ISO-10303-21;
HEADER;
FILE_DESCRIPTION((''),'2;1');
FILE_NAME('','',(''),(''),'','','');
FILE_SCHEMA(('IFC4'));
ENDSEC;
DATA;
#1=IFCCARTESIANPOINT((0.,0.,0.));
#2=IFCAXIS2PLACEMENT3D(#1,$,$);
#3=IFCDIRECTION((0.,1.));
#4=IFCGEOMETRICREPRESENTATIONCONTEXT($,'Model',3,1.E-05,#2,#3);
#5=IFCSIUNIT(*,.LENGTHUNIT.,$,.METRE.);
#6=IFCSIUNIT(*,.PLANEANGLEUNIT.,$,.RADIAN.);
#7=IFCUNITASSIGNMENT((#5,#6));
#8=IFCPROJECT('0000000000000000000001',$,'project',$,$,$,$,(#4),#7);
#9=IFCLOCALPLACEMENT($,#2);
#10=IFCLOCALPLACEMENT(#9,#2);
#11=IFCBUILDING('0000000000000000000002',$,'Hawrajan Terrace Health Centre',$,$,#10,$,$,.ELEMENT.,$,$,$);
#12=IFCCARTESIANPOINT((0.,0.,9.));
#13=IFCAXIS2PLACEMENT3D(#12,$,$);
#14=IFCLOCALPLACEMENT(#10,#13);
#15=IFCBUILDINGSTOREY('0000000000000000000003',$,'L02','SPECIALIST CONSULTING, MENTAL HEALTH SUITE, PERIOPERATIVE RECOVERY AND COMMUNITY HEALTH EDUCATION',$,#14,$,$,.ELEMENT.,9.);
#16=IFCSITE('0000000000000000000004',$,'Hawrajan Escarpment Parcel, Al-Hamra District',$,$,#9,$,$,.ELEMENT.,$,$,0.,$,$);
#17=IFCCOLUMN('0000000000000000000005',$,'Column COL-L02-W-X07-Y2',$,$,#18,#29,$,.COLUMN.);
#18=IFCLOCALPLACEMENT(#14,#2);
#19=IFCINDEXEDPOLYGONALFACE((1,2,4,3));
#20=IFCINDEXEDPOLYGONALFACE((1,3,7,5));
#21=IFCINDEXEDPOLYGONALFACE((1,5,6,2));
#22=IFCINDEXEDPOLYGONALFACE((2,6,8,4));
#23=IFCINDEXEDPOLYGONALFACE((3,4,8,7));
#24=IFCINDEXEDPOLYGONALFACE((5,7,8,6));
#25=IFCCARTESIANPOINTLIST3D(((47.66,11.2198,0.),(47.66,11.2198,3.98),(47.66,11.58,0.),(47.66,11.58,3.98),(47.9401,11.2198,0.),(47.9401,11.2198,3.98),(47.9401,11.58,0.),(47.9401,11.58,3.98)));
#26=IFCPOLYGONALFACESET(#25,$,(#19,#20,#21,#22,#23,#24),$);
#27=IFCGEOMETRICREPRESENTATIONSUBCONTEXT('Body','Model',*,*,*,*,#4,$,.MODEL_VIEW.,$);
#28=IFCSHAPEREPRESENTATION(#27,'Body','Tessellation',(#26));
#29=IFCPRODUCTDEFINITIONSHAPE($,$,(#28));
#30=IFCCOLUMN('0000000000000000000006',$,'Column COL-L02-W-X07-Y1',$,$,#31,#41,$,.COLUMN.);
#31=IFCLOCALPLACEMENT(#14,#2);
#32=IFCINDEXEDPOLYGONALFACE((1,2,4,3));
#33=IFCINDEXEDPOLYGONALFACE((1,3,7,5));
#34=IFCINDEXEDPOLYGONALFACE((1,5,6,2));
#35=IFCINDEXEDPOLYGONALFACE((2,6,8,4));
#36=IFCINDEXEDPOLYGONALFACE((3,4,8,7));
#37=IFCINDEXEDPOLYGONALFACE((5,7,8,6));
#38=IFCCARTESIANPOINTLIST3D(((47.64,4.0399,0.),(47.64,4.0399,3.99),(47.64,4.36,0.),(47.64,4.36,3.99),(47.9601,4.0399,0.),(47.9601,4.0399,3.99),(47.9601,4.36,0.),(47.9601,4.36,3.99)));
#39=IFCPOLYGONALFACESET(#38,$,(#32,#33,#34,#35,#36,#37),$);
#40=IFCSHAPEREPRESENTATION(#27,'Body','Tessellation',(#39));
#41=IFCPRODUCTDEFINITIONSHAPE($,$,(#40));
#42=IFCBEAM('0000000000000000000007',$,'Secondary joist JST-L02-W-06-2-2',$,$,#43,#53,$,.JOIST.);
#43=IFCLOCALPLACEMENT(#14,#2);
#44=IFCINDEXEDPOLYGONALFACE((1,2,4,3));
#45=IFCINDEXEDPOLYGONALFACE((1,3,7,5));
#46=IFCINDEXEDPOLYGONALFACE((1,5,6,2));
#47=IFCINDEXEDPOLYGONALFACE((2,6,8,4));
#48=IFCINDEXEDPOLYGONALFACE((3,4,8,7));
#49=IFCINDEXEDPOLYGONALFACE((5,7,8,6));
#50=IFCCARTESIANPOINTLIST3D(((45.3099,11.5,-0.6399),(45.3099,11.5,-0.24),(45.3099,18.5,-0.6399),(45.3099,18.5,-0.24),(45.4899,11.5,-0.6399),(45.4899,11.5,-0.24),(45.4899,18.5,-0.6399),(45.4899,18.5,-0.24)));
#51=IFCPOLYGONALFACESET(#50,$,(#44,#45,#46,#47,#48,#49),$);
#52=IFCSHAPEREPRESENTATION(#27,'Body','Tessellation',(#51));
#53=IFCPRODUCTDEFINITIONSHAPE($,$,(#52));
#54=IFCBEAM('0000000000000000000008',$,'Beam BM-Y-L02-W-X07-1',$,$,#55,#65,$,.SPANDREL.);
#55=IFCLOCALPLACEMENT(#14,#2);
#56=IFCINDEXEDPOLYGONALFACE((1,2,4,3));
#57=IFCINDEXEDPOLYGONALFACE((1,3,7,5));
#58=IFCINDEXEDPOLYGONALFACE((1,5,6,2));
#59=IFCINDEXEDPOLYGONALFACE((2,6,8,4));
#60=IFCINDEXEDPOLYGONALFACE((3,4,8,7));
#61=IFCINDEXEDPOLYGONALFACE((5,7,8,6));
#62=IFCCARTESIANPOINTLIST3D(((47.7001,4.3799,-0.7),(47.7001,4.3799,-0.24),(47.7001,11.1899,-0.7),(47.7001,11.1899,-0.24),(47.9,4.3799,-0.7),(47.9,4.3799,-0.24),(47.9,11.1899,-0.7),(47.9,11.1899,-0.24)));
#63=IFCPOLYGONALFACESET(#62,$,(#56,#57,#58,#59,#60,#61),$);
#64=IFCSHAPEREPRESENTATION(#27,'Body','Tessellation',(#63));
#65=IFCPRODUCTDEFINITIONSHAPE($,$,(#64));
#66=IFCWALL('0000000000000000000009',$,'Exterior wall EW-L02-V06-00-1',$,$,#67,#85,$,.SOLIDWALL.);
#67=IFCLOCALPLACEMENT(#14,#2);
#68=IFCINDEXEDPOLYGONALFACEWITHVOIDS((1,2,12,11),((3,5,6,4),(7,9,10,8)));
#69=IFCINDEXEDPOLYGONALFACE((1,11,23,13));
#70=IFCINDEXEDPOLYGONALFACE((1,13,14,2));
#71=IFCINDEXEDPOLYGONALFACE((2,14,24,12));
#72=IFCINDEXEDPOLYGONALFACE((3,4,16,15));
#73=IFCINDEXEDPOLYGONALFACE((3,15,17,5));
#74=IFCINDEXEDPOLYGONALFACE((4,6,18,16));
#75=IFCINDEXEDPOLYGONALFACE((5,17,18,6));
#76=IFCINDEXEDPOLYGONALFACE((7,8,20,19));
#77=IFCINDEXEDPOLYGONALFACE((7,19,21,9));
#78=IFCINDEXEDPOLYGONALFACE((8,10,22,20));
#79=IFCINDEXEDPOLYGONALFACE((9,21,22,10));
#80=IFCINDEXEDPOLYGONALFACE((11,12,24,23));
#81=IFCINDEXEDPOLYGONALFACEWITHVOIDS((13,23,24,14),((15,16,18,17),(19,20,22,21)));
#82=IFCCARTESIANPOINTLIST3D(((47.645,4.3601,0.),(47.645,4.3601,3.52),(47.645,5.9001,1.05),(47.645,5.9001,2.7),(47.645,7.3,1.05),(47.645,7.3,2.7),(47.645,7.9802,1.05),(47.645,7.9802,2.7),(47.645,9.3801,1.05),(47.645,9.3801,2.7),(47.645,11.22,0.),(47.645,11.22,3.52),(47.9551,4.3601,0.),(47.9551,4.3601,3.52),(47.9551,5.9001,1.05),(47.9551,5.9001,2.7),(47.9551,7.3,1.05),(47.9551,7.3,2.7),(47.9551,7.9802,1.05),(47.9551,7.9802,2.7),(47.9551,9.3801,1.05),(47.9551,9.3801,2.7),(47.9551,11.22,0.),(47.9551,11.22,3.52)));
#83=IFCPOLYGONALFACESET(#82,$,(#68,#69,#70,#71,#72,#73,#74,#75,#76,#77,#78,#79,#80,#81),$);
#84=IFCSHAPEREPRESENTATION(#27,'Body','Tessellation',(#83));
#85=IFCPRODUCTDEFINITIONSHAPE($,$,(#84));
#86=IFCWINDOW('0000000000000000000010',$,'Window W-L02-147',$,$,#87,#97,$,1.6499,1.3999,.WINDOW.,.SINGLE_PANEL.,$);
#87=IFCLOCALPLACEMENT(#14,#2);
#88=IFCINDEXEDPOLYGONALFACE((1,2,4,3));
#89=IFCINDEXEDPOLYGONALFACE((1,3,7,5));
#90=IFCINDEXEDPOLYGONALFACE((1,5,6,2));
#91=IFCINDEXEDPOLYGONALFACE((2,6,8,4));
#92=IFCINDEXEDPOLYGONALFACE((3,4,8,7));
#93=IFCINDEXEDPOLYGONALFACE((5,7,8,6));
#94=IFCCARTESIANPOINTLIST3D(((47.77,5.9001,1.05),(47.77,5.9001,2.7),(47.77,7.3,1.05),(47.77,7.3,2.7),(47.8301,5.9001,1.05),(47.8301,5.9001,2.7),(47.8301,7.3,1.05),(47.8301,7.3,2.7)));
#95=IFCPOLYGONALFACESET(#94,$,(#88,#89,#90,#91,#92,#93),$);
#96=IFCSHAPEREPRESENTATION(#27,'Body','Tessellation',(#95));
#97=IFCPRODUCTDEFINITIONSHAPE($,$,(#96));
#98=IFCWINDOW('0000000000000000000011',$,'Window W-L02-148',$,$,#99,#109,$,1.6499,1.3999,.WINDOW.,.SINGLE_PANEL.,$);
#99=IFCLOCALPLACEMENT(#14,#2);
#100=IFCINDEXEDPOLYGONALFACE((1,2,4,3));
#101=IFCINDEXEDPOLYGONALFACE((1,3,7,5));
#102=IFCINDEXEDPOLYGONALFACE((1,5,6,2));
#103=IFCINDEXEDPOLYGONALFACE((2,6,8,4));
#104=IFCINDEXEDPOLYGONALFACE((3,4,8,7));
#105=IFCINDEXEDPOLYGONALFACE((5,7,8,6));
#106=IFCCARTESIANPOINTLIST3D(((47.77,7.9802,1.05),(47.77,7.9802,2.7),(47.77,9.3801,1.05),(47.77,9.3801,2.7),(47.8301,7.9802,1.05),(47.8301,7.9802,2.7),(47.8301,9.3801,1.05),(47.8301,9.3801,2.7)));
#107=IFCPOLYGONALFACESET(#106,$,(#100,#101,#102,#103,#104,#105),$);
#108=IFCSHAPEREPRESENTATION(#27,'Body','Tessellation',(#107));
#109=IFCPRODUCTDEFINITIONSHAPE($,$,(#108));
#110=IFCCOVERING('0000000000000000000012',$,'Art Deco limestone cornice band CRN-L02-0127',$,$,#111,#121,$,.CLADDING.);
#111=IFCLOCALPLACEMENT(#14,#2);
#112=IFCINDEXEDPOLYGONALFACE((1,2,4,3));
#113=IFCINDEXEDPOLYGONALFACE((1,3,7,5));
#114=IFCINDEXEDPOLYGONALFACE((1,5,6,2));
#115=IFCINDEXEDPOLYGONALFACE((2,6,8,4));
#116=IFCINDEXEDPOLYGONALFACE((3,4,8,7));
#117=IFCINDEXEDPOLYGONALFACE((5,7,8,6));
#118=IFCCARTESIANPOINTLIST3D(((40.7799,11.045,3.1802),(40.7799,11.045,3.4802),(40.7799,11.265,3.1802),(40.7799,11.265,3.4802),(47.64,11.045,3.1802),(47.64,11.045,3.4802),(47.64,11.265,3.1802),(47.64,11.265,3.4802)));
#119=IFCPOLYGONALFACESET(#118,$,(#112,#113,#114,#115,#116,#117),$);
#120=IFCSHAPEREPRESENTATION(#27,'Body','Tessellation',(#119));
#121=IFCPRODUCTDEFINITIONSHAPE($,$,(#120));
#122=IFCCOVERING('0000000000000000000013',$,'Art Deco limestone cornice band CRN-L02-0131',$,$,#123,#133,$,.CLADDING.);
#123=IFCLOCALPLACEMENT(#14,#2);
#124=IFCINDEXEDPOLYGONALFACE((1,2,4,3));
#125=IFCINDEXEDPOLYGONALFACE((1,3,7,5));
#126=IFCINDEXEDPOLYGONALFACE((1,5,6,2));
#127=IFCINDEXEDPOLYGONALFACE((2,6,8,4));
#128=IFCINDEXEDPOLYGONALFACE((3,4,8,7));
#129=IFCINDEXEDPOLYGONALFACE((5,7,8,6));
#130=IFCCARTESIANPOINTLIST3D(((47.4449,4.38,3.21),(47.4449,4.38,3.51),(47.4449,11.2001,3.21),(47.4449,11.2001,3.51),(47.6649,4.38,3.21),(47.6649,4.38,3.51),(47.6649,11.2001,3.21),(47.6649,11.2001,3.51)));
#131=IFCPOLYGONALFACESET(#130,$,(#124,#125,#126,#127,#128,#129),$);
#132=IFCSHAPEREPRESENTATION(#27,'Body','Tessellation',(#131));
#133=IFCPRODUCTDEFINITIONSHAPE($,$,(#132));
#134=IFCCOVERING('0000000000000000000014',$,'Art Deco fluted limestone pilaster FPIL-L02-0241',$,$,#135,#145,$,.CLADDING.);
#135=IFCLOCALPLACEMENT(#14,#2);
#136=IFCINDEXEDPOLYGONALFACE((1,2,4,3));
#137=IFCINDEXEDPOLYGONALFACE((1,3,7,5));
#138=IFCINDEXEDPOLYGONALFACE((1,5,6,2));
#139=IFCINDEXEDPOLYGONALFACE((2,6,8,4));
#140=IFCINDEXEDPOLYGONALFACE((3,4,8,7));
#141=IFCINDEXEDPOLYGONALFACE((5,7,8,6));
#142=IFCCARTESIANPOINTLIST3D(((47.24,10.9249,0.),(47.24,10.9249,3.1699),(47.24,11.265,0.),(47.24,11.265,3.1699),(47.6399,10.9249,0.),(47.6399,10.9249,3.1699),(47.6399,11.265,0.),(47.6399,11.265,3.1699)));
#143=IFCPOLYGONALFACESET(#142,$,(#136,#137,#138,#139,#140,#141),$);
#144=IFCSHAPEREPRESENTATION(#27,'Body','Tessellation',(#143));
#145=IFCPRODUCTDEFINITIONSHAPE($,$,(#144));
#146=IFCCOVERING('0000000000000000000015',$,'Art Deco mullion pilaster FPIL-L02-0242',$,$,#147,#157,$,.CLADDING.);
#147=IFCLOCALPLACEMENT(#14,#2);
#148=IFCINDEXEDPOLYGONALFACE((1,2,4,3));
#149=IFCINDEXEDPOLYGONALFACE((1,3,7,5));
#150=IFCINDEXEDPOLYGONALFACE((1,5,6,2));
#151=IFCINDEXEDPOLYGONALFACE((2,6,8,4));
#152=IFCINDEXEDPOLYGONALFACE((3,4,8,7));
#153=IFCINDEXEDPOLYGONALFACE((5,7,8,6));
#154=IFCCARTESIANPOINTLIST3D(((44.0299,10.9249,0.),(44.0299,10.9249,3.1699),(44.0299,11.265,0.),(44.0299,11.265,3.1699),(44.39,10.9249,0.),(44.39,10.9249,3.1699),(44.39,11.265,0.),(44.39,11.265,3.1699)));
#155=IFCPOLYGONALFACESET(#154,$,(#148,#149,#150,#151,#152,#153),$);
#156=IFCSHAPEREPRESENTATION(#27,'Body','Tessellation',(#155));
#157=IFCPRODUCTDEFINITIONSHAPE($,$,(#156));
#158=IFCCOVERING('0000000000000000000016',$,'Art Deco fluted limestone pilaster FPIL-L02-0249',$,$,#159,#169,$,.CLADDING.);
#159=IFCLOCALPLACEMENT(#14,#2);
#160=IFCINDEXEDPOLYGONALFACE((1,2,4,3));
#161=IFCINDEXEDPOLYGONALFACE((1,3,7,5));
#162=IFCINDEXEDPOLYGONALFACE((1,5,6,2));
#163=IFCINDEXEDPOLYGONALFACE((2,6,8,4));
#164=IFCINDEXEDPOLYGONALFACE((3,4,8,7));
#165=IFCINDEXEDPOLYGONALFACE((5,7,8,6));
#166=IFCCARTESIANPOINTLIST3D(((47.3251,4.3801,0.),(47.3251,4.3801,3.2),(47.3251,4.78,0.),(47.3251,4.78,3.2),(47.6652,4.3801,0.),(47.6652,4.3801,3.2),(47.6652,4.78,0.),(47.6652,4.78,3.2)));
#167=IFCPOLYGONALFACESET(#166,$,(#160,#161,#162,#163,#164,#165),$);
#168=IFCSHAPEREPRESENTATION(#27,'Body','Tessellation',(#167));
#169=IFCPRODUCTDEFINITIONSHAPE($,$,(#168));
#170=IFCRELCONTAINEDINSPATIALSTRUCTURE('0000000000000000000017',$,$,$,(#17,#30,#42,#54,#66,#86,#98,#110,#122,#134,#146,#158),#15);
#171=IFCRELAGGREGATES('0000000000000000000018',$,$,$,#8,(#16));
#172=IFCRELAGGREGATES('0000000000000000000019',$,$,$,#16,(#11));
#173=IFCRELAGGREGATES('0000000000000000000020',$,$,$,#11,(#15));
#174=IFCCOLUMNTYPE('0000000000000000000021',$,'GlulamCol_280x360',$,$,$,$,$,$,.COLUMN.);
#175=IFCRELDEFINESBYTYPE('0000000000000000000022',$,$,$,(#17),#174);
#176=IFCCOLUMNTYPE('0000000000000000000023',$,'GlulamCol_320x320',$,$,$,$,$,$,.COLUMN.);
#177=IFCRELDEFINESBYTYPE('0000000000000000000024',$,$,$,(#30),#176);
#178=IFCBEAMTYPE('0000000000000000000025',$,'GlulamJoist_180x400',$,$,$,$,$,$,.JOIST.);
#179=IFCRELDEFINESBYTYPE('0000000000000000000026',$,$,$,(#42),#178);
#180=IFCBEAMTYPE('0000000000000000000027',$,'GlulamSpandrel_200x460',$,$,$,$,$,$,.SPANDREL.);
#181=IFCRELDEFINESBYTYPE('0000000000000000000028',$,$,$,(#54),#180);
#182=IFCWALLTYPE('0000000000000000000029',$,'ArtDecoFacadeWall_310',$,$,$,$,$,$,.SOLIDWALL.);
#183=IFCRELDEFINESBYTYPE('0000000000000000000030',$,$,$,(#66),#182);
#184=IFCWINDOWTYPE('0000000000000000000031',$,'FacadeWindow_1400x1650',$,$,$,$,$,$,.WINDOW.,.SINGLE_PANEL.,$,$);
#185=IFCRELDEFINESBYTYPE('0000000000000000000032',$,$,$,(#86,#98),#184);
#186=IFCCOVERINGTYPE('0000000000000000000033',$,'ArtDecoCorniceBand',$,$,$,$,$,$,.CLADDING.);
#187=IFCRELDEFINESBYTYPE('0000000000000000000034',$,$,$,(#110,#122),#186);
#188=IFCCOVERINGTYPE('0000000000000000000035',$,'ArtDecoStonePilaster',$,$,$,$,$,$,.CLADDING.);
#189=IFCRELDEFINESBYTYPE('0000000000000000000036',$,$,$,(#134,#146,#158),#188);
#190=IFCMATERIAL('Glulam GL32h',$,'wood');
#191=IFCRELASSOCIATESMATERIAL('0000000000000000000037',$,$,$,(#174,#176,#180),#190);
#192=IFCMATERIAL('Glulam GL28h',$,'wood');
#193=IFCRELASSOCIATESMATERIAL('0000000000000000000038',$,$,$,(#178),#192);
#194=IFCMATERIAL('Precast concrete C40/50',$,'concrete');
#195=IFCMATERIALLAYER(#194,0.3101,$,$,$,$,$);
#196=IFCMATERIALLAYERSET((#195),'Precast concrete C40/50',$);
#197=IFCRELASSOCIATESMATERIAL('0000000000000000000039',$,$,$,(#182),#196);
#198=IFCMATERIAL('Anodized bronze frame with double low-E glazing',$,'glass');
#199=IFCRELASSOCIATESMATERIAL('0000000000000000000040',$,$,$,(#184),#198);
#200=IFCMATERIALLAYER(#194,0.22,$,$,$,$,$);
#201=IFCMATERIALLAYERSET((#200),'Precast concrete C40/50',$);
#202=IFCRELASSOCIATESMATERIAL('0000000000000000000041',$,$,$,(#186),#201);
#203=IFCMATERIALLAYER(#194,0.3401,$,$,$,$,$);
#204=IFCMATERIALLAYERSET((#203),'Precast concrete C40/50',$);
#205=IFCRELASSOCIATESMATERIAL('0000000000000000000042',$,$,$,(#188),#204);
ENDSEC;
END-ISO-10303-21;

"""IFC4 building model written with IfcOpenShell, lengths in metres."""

from ifc_helpers import new_model, si_unit, direction, frame, frame_2d, origin, origin_2d, place, context, subcontext, project, spatial, rectangle, extrude, material, layer, layer_set, material_profile, profile_set, type_object, element, fill, save


model = new_model("IFC4")

# Units and contexts
model_context = context("Model", 3, precision=1e-05, world=origin(), true_north=direction((0.0, 1.0)))
body_context = subcontext(model_context, "Body", "Model", "MODEL_VIEW")
ifc_project = project(units=[si_unit("LENGTHUNIT", "METRE"), si_unit("PLANEANGLEUNIT", "RADIAN")], contexts=[model_context])

# Site, building, storey
site_placement = place(None, origin())
site = spatial("IfcSite", under=ifc_project, at=site_placement, Name="Hawrajan Escarpment Parcel, Al-Hamra District", CompositionType="ELEMENT", RefElevation=0.0)
building_placement = place(site_placement, origin())
building = spatial("IfcBuilding", under=site, at=building_placement, Name="Hawrajan Terrace Health Centre", CompositionType="ELEMENT")
storey_placement = place(building_placement, frame((0.0, 0.0, 9.0)))
storey = spatial("IfcBuildingStorey", under=building, at=storey_placement, Name="L02", Description="SPECIALIST CONSULTING, MENTAL HEALTH SUITE, PERIOPERATIVE RECOVERY AND COMMUNITY HEALTH EDUCATION", CompositionType="ELEMENT", Elevation=9.0)

# Columns
ifc_material_1 = material(Name="Glulam GL32h", Category="wood")
ifc_material_profile_1 = material_profile(ifc_material_1, rectangle(XDim=0.28, YDim=0.3601, at=origin_2d()), Name="GL 280x360")
ifc_profile_set_1 = profile_set([ifc_material_profile_1], Name="Glulam GL32h")
column_type_1 = type_object("IfcColumnType", Name="GlulamCol_280x360", PredefinedType="COLUMN", material=ifc_profile_set_1)
column_1_placement = place(storey_placement, frame((47.8, 11.3999, 0.0), z_axis=(0.0, 0.0, 1.0), x_axis=(1.0, 0.0, 0.0)))
element("IfcColumn", 1, at=column_1_placement, inside=storey, type_object=column_type_1, Name="Column COL-L02-W-X07-Y2", PredefinedType="COLUMN", context=body_context, shape_type="SweptSolid", body=[
    extrude(rectangle(XDim=0.28, YDim=0.3601, at=origin_2d()), origin(), (0.0, 0.0, 1.0), 3.98),
])
ifc_material_profile_2 = material_profile(ifc_material_1, rectangle(XDim=0.3201, YDim=0.3201, at=origin_2d()), Name="GL 320x320")
ifc_profile_set_2 = profile_set([ifc_material_profile_2], Name="Glulam GL32h")
column_type_2 = type_object("IfcColumnType", Name="GlulamCol_320x320", PredefinedType="COLUMN", material=ifc_profile_set_2)
column_2_placement = place(storey_placement, frame((47.8, 4.2, 0.0), z_axis=(0.0, 0.0, 1.0), x_axis=(1.0, 0.0, 0.0)))
element("IfcColumn", 2, at=column_2_placement, inside=storey, type_object=column_type_2, Name="Column COL-L02-W-X07-Y1", PredefinedType="COLUMN", context=body_context, shape_type="SweptSolid", body=[
    extrude(rectangle(XDim=0.3201, YDim=0.3201, at=origin_2d()), origin(), (0.0, 0.0, 1.0), 3.99),
])

# Beams
ifc_material_2 = material(Name="Glulam GL28h", Category="wood")
ifc_material_profile_3 = material_profile(ifc_material_2, rectangle(XDim=0.1799, YDim=0.3999, at=origin_2d()), Name="GL JST 180x400")
ifc_profile_set_3 = profile_set([ifc_material_profile_3], Name="Glulam GL28h")
beam_type_1 = type_object("IfcBeamType", Name="GlulamJoist_180x400", PredefinedType="JOIST", material=ifc_profile_set_3)
beam_1_placement = place(storey_placement, frame((45.3999, 11.5, -0.4399), z_axis=(0.0, 1.0, 0.0), x_axis=(-1.0, 0.0, 0.0)))
element("IfcBeam", 3, at=beam_1_placement, inside=storey, type_object=beam_type_1, Name="Secondary joist JST-L02-W-06-2-2", PredefinedType="JOIST", context=body_context, shape_type="SweptSolid", body=[
    extrude(rectangle(XDim=0.1799, YDim=0.3999, at=origin_2d()), origin(), (0.0, 0.0, 1.0), 7.0),
])
ifc_material_profile_4 = material_profile(ifc_material_1, rectangle(XDim=0.2, YDim=0.46, at=origin_2d()), Name="GL SP 200x460")
ifc_profile_set_4 = profile_set([ifc_material_profile_4], Name="Glulam GL32h")
beam_type_2 = type_object("IfcBeamType", Name="GlulamSpandrel_200x460", PredefinedType="SPANDREL", material=ifc_profile_set_4)
beam_2_placement = place(storey_placement, frame((47.8, 4.3799, -0.47), z_axis=(0.0, 1.0, 0.0), x_axis=(-1.0, 0.0, 0.0)))
element("IfcBeam", 4, at=beam_2_placement, inside=storey, type_object=beam_type_2, Name="Beam BM-Y-L02-W-X07-1", PredefinedType="SPANDREL", context=body_context, shape_type="SweptSolid", body=[
    extrude(rectangle(XDim=0.2, YDim=0.46, at=origin_2d()), origin(), (0.0, 0.0, 1.0), 6.8101),
])

# Wall, openings, windows
ifc_material_3 = material(Name="Precast concrete C40/50", Category="concrete")
ifc_layer_1 = layer(ifc_material_3, 0.3101)
ifc_layer_set_1 = layer_set([ifc_layer_1], Name="Precast concrete C40/50")
wall_type_1 = type_object("IfcWallType", Name="ArtDecoFacadeWall_310", PredefinedType="SOLIDWALL", material=ifc_layer_set_1)
wall_1_placement = place(storey_placement, frame((47.8, 4.3601, 0.0), z_axis=(0.0, 0.0, 1.0), x_axis=(0.0, 1.0, 0.0)))
wall_1 = element("IfcWall", 5, at=wall_1_placement, inside=storey, type_object=wall_type_1, Name="Exterior wall EW-L02-V06-00-1", PredefinedType="SOLIDWALL", context=body_context, shape_type="SweptSolid", body=[
    extrude(rectangle(XDim=6.8599, YDim=0.3101, at=frame_2d((3.4299, 0.0))), origin(), (0.0, 0.0, 1.0), 3.52),
])
opening_1_placement = place(wall_1_placement, frame((1.54, 0.0, 1.05)))
opening_1 = element("IfcOpeningElement", 6, at=opening_1_placement, cuts=wall_1, PredefinedType="OPENING", context=body_context, shape_type="SweptSolid", body=[
    extrude(rectangle(XDim=1.3999, YDim=1.6499, at=frame_2d((0.7, 0.825))), frame((0.0, 0.165, 0.0), z_axis=(0.0, -1.0, 0.0), x_axis=(1.0, 0.0, 0.0)), (0.0, 0.0, 1.0), 0.3301),
])
opening_2_placement = place(wall_1_placement, frame((3.6201, 0.0, 1.05)))
opening_2 = element("IfcOpeningElement", 7, at=opening_2_placement, cuts=wall_1, PredefinedType="OPENING", context=body_context, shape_type="SweptSolid", body=[
    extrude(rectangle(XDim=1.3999, YDim=1.6499, at=frame_2d((0.7, 0.825))), frame((0.0, 0.165, 0.0), z_axis=(0.0, -1.0, 0.0), x_axis=(1.0, 0.0, 0.0)), (0.0, 0.0, 1.0), 0.3301),
])
ifc_material_4 = material(Name="Anodized bronze frame with double low-E glazing", Category="glass")
window_type = type_object("IfcWindowType", Name="FacadeWindow_1400x1650", PartitioningType="SINGLE_PANEL", PredefinedType="WINDOW", material=ifc_material_4)
window_1_placement = place(opening_1_placement, origin())
window_1 = element("IfcWindow", 8, at=window_1_placement, inside=storey, type_object=window_type, Name="Window W-L02-147", OverallHeight=1.6499, OverallWidth=1.3999, PartitioningType="SINGLE_PANEL", PredefinedType="WINDOW", context=body_context, shape_type="SweptSolid", body=[
    extrude(rectangle(XDim=1.3999, YDim=1.6499, at=frame_2d((0.7, 0.825))), frame((0.0, 0.03, 0.0), z_axis=(0.0, -1.0, 0.0), x_axis=(1.0, 0.0, 0.0)), (0.0, 0.0, 1.0), 0.0601),
])
fill(opening_1, window_1)
window_2_placement = place(opening_2_placement, origin())
window_2 = element("IfcWindow", 9, at=window_2_placement, inside=storey, type_object=window_type, Name="Window W-L02-148", OverallHeight=1.6499, OverallWidth=1.3999, PartitioningType="SINGLE_PANEL", PredefinedType="WINDOW", context=body_context, shape_type="SweptSolid", body=[
    extrude(rectangle(XDim=1.3999, YDim=1.6499, at=frame_2d((0.7, 0.825))), frame((0.0, 0.03, 0.0), z_axis=(0.0, -1.0, 0.0), x_axis=(1.0, 0.0, 0.0)), (0.0, 0.0, 1.0), 0.0601),
])
fill(opening_2, window_2)

# Coverings
ifc_layer_2 = layer(ifc_material_3, 0.22)
ifc_layer_set_2 = layer_set([ifc_layer_2], Name="Precast concrete C40/50")
covering_type_1 = type_object("IfcCoveringType", Name="ArtDecoCorniceBand", PredefinedType="CLADDING", material=ifc_layer_set_2)
covering_1_placement = place(storey_placement, frame((44.21, 11.155, 3.1802), z_axis=(0.0, 0.0, 1.0), x_axis=(1.0, 0.0, 0.0)))
element("IfcCovering", 10, at=covering_1_placement, inside=storey, type_object=covering_type_1, Name="Art Deco limestone cornice band CRN-L02-0127", PredefinedType="CLADDING", context=body_context, shape_type="SweptSolid", body=[
    extrude(rectangle(XDim=6.8601, YDim=0.22, at=origin_2d()), origin(), (0.0, 0.0, 1.0), 0.3),
])
covering_2_placement = place(storey_placement, frame((47.5549, 7.79, 3.21), z_axis=(0.0, 0.0, 1.0), x_axis=(0.0, 1.0, 0.0)))
element("IfcCovering", 11, at=covering_2_placement, inside=storey, type_object=covering_type_1, Name="Art Deco limestone cornice band CRN-L02-0131", PredefinedType="CLADDING", context=body_context, shape_type="SweptSolid", body=[
    extrude(rectangle(XDim=6.8201, YDim=0.22, at=origin_2d()), origin(), (0.0, 0.0, 1.0), 0.3),
])
ifc_layer_3 = layer(ifc_material_3, 0.3401)
ifc_layer_set_3 = layer_set([ifc_layer_3], Name="Precast concrete C40/50")
covering_type_2 = type_object("IfcCoveringType", Name="ArtDecoStonePilaster", PredefinedType="CLADDING", material=ifc_layer_set_3)
covering_3_placement = place(storey_placement, frame((47.4399, 11.095, 0.0), z_axis=(0.0, 0.0, 1.0), x_axis=(1.0, 0.0, 0.0)))
element("IfcCovering", 12, at=covering_3_placement, inside=storey, type_object=covering_type_2, Name="Art Deco fluted limestone pilaster FPIL-L02-0241", PredefinedType="CLADDING", context=body_context, shape_type="SweptSolid", body=[
    extrude(rectangle(XDim=0.3999, YDim=0.3401, at=origin_2d()), origin(), (0.0, 0.0, 1.0), 3.1699),
])
covering_4_placement = place(storey_placement, frame((44.21, 11.095, 0.0), z_axis=(0.0, 0.0, 1.0), x_axis=(1.0, 0.0, 0.0)))
element("IfcCovering", 13, at=covering_4_placement, inside=storey, type_object=covering_type_2, Name="Art Deco mullion pilaster FPIL-L02-0242", PredefinedType="CLADDING", context=body_context, shape_type="SweptSolid", body=[
    extrude(rectangle(XDim=0.3601, YDim=0.3401, at=origin_2d()), origin(), (0.0, 0.0, 1.0), 3.1699),
])
for number, where, z_axis, x_axis, name in (
    (14, (47.4951, 4.5801, 0.0), (0.0, 0.0, 1.0), (0.0, 1.0, 0.0), "Art Deco fluted limestone pilaster FPIL-L02-0249"),
):
    element("IfcCovering", number, at=place(storey_placement, frame(where, z_axis=z_axis, x_axis=x_axis)), inside=storey, type_object=covering_type_2, Name=name, PredefinedType="CLADDING", context=body_context, shape_type="SweptSolid", body=[
        extrude(rectangle(XDim=0.3999, YDim=0.3401, at=origin_2d()), origin(), (0.0, 0.0, 1.0), 3.2),
    ])

save(model, "model.ifc")
